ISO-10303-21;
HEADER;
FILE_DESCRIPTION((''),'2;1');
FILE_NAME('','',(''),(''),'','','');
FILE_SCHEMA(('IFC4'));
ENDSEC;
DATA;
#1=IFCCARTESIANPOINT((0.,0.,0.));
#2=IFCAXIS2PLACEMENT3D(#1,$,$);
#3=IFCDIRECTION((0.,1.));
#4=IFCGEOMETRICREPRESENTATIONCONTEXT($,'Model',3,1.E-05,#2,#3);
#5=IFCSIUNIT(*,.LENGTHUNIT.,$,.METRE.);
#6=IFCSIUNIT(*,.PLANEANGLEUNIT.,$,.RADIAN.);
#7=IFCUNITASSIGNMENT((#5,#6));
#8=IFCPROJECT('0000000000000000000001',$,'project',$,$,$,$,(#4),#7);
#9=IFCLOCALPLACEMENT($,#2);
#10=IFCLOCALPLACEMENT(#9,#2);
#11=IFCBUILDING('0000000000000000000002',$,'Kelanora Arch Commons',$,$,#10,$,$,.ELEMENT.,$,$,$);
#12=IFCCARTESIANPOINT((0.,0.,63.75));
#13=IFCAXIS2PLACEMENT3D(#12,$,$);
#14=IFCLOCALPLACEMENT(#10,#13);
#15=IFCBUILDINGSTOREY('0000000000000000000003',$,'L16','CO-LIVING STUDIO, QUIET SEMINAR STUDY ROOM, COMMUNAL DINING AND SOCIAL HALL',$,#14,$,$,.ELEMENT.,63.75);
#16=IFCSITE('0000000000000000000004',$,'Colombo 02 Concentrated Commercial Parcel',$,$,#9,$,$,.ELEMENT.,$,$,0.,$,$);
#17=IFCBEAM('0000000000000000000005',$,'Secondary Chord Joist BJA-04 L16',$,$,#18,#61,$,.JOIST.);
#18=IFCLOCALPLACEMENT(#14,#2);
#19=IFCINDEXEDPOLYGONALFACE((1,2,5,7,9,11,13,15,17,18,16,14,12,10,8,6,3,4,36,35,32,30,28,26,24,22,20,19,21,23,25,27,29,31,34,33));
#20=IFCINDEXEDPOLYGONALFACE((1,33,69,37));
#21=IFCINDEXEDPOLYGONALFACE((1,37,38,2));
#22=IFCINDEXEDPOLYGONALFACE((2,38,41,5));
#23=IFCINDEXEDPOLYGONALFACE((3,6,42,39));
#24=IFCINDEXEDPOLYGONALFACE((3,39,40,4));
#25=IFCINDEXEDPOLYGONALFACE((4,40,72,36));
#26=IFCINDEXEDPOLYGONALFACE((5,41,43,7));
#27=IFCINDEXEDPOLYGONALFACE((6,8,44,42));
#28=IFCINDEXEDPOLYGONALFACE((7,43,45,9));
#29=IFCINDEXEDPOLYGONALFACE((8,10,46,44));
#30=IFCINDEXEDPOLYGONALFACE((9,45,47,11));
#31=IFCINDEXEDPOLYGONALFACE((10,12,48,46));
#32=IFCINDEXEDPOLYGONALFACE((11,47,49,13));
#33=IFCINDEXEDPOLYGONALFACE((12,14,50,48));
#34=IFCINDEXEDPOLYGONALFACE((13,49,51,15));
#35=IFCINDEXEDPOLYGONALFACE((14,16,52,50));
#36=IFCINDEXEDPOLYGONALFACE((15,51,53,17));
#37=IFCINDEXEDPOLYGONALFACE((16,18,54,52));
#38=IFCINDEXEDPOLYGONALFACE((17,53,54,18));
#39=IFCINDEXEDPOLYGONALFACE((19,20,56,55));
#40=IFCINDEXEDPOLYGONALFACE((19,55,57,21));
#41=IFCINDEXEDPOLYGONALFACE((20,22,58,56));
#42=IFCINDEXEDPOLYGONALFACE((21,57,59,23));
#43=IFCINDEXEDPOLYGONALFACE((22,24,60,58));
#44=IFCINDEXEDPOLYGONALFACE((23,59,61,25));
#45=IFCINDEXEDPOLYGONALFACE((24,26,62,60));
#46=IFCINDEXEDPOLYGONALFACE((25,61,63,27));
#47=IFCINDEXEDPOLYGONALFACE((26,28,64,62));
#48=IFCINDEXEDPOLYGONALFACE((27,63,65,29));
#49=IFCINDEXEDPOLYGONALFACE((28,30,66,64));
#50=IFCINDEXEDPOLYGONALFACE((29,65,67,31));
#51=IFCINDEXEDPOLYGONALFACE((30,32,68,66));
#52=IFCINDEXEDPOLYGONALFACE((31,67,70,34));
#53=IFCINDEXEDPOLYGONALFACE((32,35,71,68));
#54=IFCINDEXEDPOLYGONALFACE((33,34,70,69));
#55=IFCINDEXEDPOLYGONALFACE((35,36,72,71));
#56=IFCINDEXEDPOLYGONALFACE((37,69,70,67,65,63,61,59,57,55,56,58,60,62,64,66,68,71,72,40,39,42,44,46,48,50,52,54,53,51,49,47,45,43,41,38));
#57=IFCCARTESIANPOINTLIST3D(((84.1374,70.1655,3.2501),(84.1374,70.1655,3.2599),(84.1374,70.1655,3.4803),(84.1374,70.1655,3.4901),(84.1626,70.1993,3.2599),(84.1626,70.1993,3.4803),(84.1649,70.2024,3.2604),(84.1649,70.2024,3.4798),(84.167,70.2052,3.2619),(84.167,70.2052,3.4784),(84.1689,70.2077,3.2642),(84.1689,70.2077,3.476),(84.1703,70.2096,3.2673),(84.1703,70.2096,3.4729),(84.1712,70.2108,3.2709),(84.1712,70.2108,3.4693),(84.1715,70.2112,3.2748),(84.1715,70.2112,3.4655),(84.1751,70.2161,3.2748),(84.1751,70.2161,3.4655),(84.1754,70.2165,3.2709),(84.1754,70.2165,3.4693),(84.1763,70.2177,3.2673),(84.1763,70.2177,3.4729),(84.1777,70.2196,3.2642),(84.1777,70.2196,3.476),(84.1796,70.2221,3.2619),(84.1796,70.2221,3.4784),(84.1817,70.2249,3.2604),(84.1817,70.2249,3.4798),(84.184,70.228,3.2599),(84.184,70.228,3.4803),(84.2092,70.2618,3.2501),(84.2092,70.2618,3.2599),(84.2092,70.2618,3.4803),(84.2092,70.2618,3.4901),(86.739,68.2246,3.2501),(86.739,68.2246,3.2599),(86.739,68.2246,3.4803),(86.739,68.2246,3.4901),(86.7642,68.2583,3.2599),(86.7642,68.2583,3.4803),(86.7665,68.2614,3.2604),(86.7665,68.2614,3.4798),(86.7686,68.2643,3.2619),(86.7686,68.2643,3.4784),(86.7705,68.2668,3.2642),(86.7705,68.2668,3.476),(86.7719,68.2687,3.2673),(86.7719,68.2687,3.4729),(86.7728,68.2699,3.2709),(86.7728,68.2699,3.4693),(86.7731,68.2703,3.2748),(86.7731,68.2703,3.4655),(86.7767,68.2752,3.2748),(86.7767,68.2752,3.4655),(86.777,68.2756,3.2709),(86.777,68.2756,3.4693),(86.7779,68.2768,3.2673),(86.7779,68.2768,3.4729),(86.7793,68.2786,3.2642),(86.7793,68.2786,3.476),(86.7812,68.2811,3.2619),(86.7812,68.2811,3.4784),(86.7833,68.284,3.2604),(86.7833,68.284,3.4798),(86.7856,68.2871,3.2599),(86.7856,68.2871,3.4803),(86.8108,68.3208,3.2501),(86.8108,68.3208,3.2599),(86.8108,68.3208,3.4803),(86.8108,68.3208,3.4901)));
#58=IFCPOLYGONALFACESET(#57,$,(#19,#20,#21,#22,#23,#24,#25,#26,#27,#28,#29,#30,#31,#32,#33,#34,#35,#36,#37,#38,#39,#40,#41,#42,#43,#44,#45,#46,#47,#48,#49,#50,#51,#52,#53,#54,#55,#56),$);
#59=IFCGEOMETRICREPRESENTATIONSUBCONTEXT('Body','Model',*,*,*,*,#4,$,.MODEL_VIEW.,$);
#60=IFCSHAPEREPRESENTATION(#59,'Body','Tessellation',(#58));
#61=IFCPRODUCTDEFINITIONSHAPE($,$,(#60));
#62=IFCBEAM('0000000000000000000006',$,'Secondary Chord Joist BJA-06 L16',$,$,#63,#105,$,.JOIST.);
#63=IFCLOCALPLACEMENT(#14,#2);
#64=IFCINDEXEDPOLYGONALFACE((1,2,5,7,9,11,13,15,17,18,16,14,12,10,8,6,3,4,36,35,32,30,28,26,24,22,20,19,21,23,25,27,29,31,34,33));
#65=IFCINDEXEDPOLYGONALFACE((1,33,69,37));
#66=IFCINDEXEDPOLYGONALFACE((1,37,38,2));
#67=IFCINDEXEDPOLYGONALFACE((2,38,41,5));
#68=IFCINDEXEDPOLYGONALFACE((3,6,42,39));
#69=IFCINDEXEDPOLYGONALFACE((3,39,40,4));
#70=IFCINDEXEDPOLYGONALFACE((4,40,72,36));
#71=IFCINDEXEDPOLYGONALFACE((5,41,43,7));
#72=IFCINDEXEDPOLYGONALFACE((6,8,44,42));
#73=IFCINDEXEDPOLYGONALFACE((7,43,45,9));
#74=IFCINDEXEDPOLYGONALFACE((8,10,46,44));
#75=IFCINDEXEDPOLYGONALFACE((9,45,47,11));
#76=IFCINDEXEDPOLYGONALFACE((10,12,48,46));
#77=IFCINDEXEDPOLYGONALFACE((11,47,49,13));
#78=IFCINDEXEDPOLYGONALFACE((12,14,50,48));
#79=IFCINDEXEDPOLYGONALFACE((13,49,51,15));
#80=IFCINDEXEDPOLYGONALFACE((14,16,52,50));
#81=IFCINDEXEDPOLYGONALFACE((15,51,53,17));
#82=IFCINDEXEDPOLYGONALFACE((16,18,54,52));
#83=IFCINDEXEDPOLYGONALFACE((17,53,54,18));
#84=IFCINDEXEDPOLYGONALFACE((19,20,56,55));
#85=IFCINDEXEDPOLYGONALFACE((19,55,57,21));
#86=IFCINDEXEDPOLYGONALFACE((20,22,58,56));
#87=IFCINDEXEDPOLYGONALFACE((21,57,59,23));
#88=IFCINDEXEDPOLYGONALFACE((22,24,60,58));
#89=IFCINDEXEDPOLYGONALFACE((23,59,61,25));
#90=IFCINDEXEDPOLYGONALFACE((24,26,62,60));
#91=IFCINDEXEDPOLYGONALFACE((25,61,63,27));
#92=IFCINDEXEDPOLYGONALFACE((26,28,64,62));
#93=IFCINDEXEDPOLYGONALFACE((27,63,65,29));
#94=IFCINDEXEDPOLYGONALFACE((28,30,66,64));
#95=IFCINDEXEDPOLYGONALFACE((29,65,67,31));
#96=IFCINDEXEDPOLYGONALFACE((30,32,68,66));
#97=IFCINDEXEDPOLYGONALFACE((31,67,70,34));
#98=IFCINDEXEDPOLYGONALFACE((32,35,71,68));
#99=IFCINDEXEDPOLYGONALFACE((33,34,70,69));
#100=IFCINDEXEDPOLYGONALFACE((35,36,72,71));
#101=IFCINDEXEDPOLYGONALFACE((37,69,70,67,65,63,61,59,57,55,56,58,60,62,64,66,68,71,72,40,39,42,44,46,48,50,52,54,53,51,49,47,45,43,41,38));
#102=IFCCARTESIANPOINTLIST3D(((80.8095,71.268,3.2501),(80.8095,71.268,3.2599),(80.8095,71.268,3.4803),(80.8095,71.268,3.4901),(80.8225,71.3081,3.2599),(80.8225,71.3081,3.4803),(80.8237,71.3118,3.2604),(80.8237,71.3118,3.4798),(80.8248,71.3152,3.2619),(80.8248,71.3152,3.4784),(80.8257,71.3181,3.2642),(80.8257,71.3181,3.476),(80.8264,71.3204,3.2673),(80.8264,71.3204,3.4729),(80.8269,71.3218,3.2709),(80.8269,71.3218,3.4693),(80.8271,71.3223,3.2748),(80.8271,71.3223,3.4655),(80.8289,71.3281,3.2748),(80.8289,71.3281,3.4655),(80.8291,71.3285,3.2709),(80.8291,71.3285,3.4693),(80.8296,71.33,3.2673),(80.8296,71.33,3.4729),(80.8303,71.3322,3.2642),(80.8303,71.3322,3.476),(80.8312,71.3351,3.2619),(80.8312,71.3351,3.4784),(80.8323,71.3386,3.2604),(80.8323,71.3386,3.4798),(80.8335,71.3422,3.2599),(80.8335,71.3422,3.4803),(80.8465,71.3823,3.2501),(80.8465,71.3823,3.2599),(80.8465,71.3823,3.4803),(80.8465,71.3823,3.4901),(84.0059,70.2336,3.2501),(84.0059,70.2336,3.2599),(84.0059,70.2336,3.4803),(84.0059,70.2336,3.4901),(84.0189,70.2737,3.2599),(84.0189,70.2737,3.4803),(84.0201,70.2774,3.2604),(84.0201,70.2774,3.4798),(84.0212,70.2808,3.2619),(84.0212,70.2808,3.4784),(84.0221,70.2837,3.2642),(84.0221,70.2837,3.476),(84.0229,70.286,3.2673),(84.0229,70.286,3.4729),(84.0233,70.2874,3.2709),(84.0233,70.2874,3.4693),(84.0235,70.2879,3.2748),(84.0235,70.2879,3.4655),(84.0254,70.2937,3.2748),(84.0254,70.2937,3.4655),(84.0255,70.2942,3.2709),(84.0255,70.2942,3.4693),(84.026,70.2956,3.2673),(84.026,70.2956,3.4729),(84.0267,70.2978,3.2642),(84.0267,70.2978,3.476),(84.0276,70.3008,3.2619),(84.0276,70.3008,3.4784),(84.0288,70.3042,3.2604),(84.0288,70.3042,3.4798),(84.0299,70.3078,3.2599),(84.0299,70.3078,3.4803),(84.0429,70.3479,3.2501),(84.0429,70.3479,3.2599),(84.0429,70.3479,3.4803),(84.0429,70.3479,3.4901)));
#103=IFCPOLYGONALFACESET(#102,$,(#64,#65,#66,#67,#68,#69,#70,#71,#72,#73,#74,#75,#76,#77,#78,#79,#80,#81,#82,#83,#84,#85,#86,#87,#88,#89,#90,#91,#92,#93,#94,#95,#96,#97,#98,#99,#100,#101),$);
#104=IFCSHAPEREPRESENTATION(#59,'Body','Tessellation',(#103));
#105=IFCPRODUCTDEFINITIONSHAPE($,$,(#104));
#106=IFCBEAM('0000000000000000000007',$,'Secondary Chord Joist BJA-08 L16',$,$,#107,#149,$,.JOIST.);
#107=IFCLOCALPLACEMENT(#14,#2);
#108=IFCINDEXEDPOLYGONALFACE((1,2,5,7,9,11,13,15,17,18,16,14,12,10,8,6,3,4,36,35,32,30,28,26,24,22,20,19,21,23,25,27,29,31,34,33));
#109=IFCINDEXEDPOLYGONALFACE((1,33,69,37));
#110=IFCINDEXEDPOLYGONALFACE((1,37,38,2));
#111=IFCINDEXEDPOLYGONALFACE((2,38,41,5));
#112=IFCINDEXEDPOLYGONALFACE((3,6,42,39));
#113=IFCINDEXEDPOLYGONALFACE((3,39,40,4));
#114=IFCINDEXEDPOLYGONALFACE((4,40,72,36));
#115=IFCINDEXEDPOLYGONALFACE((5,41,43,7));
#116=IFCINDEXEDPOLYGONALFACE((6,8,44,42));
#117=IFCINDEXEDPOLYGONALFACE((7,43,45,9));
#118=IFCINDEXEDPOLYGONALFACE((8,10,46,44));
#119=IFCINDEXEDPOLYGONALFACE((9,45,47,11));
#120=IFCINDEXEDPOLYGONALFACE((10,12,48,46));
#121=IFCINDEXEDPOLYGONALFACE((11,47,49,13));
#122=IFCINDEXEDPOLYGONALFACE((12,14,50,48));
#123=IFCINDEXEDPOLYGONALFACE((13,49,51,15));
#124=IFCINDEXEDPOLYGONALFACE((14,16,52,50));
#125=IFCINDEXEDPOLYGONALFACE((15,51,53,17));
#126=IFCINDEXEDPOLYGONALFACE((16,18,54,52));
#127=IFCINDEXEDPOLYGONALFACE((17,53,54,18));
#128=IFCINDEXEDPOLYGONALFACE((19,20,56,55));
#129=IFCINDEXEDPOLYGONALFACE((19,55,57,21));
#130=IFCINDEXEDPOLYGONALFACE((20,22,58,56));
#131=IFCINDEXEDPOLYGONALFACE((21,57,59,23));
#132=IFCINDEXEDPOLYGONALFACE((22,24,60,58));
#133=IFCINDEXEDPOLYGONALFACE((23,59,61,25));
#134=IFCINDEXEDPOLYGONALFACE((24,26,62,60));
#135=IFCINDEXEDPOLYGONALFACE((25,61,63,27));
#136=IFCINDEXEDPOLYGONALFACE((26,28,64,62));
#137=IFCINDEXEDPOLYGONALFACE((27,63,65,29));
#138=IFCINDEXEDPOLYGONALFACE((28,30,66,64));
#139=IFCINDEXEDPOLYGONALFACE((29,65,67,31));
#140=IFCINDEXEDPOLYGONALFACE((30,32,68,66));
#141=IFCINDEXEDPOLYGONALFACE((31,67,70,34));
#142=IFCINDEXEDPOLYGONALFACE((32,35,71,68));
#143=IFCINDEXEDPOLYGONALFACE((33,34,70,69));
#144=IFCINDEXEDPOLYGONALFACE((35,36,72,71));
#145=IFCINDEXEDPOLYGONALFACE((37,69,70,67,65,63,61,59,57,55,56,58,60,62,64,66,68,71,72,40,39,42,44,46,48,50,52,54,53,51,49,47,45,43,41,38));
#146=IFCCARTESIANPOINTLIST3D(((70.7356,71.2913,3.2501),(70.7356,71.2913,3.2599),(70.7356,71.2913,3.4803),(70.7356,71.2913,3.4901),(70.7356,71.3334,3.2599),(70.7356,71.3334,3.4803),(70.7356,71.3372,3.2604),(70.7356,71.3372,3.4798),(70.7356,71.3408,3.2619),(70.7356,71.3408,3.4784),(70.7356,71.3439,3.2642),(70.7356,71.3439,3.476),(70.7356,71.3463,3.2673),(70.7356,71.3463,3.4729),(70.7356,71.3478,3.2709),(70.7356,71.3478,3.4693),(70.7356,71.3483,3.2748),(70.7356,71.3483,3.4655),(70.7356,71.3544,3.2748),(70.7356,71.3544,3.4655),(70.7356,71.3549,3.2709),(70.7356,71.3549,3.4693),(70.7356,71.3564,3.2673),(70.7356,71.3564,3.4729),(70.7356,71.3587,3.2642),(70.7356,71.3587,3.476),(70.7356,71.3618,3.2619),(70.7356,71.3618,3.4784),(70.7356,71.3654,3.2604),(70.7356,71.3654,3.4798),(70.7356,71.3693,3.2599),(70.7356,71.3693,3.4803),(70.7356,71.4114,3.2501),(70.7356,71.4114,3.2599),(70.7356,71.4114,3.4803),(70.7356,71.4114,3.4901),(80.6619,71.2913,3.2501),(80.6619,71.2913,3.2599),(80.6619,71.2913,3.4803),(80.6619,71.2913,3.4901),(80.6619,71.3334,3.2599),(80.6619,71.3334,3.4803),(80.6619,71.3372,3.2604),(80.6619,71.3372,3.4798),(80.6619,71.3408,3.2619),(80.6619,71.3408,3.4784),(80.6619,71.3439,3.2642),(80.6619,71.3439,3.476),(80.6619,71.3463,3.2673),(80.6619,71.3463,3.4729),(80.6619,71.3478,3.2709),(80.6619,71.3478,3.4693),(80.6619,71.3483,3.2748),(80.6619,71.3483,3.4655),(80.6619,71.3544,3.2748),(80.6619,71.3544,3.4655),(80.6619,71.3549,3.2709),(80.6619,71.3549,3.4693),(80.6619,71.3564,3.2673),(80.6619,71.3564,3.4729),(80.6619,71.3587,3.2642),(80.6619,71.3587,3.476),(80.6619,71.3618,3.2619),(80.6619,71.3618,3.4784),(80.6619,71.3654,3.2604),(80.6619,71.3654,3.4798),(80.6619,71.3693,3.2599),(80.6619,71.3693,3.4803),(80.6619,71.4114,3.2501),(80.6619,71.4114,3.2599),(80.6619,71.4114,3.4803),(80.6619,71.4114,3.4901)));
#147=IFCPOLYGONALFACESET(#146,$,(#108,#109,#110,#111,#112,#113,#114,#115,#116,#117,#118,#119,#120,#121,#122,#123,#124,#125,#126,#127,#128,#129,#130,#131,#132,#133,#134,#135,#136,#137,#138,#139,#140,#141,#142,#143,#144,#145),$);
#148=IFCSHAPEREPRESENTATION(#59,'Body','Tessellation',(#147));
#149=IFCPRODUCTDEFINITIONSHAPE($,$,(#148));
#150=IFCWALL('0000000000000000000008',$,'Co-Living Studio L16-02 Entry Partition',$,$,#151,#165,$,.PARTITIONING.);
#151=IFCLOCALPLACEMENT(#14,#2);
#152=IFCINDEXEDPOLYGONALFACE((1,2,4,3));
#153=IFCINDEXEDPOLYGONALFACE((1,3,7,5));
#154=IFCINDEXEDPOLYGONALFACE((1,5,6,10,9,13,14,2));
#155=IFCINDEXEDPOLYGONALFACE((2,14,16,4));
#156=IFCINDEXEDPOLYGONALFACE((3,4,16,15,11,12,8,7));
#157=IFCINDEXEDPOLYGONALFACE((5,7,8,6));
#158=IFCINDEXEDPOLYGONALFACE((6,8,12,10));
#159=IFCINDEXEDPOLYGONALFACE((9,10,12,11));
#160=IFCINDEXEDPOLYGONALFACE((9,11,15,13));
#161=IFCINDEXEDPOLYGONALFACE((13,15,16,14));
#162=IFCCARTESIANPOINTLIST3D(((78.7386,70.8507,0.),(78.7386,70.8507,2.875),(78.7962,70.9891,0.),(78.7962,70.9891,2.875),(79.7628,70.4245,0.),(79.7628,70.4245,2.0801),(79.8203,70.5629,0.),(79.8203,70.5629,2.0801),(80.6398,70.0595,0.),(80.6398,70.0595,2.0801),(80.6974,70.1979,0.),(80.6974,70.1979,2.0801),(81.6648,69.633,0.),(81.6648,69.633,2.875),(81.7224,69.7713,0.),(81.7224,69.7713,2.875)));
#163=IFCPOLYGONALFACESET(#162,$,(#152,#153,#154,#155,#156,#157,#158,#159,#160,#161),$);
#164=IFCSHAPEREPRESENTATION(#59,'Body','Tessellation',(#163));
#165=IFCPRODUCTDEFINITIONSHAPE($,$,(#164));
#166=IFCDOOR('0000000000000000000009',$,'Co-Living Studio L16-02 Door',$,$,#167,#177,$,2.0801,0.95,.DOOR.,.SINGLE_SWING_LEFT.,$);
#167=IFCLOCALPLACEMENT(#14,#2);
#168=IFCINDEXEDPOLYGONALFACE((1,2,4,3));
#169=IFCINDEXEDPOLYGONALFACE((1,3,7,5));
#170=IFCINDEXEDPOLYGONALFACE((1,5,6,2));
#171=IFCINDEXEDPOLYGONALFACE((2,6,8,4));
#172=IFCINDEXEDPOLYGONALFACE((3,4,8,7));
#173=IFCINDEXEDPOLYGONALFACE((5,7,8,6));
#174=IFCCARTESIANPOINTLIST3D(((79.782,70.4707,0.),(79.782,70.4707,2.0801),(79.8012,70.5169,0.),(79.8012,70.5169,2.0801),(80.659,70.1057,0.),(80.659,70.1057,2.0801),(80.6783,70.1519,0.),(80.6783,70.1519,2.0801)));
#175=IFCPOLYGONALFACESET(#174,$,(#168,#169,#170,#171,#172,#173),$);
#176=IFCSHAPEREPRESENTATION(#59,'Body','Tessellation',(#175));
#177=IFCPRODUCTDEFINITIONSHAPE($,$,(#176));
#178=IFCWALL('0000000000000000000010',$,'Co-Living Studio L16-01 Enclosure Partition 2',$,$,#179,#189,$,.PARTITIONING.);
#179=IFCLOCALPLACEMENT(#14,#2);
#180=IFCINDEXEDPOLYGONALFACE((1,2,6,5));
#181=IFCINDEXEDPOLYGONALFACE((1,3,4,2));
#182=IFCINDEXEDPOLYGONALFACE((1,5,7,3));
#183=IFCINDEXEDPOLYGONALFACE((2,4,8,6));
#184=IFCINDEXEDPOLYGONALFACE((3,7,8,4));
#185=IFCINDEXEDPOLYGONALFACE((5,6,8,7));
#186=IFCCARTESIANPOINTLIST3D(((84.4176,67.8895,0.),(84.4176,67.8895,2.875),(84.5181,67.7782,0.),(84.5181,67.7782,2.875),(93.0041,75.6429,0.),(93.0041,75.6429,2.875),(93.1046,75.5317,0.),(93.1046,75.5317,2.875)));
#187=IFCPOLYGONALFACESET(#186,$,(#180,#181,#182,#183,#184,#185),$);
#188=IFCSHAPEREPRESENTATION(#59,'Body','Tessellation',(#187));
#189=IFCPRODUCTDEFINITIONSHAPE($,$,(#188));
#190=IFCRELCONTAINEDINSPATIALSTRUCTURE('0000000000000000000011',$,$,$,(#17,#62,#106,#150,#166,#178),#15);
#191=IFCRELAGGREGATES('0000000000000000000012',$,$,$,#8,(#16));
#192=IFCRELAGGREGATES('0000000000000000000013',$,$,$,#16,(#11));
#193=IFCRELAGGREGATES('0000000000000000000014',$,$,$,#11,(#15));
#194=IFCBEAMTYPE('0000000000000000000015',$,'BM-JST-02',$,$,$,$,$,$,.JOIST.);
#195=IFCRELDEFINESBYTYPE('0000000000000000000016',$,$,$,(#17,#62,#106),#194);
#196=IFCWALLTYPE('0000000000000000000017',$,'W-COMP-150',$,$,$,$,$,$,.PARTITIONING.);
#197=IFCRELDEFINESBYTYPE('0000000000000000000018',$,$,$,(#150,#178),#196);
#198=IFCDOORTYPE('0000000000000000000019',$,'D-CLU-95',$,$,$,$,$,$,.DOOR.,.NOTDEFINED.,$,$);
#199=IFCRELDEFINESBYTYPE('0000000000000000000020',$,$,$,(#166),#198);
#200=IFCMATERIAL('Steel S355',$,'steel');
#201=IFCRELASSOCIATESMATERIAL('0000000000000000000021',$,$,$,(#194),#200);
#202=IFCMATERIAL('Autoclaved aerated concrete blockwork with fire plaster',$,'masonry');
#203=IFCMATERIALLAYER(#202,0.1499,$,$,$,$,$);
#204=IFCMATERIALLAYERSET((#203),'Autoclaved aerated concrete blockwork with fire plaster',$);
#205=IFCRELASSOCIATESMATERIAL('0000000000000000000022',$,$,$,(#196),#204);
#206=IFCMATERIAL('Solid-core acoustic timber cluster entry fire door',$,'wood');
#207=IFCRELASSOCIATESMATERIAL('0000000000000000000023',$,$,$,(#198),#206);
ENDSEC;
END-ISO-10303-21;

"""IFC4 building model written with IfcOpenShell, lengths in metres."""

from ifc_helpers import new_model, si_unit, direction, frame, frame_2d, origin, origin_2d, place, context, subcontext, project, spatial, rectangle, i_section, extrude, material, layer, layer_set, material_profile, profile_set, type_object, element, fill, save


model = new_model("IFC4")

# Units and contexts
model_context = context("Model", 3, precision=1e-05, world=origin(), true_north=direction((0.0, 1.0)))
body_context = subcontext(model_context, "Body", "Model", "MODEL_VIEW")
ifc_project = project(units=[si_unit("LENGTHUNIT", "METRE"), si_unit("PLANEANGLEUNIT", "RADIAN")], contexts=[model_context])

# Site, building, storey
site_placement = place(None, origin())
site = spatial("IfcSite", under=ifc_project, at=site_placement, Name="Colombo 02 Concentrated Commercial Parcel", CompositionType="ELEMENT", RefElevation=0.0)
building_placement = place(site_placement, origin())
building = spatial("IfcBuilding", under=site, at=building_placement, Name="Kelanora Arch Commons", CompositionType="ELEMENT")
storey_placement = place(building_placement, frame((0.0, 0.0, 63.75)))
storey = spatial("IfcBuildingStorey", under=building, at=storey_placement, Name="L16", Description="CO-LIVING STUDIO, QUIET SEMINAR STUDY ROOM, COMMUNAL DINING AND SOCIAL HALL", CompositionType="ELEMENT", Elevation=63.75)

# Beams
ifc_material_1 = material(Name="Steel S355", Category="steel")
ifc_material_profile = material_profile(ifc_material_1, i_section(OverallWidth=0.1201, OverallDepth=0.24, WebThickness=0.0061, FlangeThickness=0.0098, FilletRadius=0.0149, at=origin_2d()), Name="IPE240")
ifc_profile_set = profile_set([ifc_material_profile], Name="Steel S355")
beam_type = type_object("IfcBeamType", Name="BM-JST-02", PredefinedType="JOIST", material=ifc_profile_set)
beam_1_placement = place(storey_placement, frame((86.7749, 68.2727, 3.3701), z_axis=(-0.801514, 0.597976, 0.0), x_axis=(-0.597976, -0.801514, 0.0)))
element("IfcBeam", 1, at=beam_1_placement, inside=storey, type_object=beam_type, Name="Secondary Chord Joist BJA-04 L16", PredefinedType="JOIST", context=body_context, shape_type="SweptSolid", body=[
    extrude(i_section(OverallWidth=0.1201, OverallDepth=0.24, WebThickness=0.0061, FlangeThickness=0.0098, FilletRadius=0.0149, at=origin_2d()), origin(), (0.0, 0.0, 1.0), 3.2458),
])
beam_2_placement = place(storey_placement, frame((84.0244, 70.2908, 3.3701), z_axis=(-0.951423, 0.307888, 0.0), x_axis=(-0.307888, -0.951423, 0.0)))
element("IfcBeam", 2, at=beam_2_placement, inside=storey, type_object=beam_type, Name="Secondary Chord Joist BJA-06 L16", PredefinedType="JOIST", context=body_context, shape_type="SweptSolid", body=[
    extrude(i_section(OverallWidth=0.1201, OverallDepth=0.24, WebThickness=0.0061, FlangeThickness=0.0098, FilletRadius=0.0149, at=origin_2d()), origin(), (0.0, 0.0, 1.0), 3.3596),
])
beam_3_placement = place(storey_placement, frame((80.6619, 71.3513, 3.3701), z_axis=(-1.0, 0.0, 0.0), x_axis=(0.0, -1.0, 0.0)))
element("IfcBeam", 3, at=beam_3_placement, inside=storey, type_object=beam_type, Name="Secondary Chord Joist BJA-08 L16", PredefinedType="JOIST", context=body_context, shape_type="SweptSolid", body=[
    extrude(i_section(OverallWidth=0.1201, OverallDepth=0.24, WebThickness=0.0061, FlangeThickness=0.0098, FilletRadius=0.0149, at=origin_2d()), origin(), (0.0, 0.0, 1.0), 9.9263),
])

# Wall, opening, door
ifc_material_2 = material(Name="Autoclaved aerated concrete blockwork with fire plaster", Category="masonry")
ifc_layer_1 = layer(ifc_material_2, 0.1499)
ifc_layer_set_1 = layer_set([ifc_layer_1], Name="Autoclaved aerated concrete blockwork with fire plaster")
wall_type_1 = type_object("IfcWallType", Name="W-COMP-150", PredefinedType="PARTITIONING", material=ifc_layer_set_1)
wall_1_placement = place(storey_placement, frame((81.6936, 69.7021, 0.0), z_axis=(0.0, 0.0, 1.0), x_axis=(-0.923245, 0.384211, 0.0)))
wall_1 = element("IfcWall", 4, at=wall_1_placement, inside=storey, type_object=wall_type_1, Name="Co-Living Studio L16-02 Entry Partition", PredefinedType="PARTITIONING", context=body_context, shape_type="SweptSolid", body=[
    extrude(rectangle(XDim=3.1694, YDim=0.1499, at=frame_2d((1.5847, 0.0))), origin(), (0.0, 0.0, 1.0), 2.875),
])
opening_1_placement = place(wall_1_placement, frame((1.1101, 0.0, 0.0)))
opening_1 = element("IfcOpeningElement", 5, at=opening_1_placement, cuts=wall_1, PredefinedType="OPENING", context=body_context, shape_type="SweptSolid", body=[
    extrude(rectangle(XDim=0.95, YDim=2.0801, at=frame_2d((0.4751, 1.04))), frame((0.0, 0.085, 0.0), z_axis=(0.0, -1.0, 0.0), x_axis=(1.0, 0.0, 0.0)), (0.0, 0.0, 1.0), 0.1699),
])
ifc_material_3 = material(Name="Solid-core acoustic timber cluster entry fire door", Category="wood")
door_type_1 = type_object("IfcDoorType", Name="D-CLU-95", OperationType="NOTDEFINED", PredefinedType="DOOR", material=ifc_material_3)
door_1_placement = place(opening_1_placement, origin())
door_1 = element("IfcDoor", 6, at=door_1_placement, inside=storey, type_object=door_type_1, Name="Co-Living Studio L16-02 Door", OperationType="SINGLE_SWING_LEFT", OverallHeight=2.0801, OverallWidth=0.95, PredefinedType="DOOR", context=body_context, shape_type="SweptSolid", body=[
    extrude(rectangle(XDim=0.95, YDim=2.0801, at=frame_2d((0.4751, 1.04))), frame((0.0, 0.0249, 0.0), z_axis=(0.0, -1.0, 0.0), x_axis=(1.0, 0.0, 0.0)), (0.0, 0.0, 1.0), 0.05),
])
fill(opening_1, door_1)

# Wall
wall_2_placement = place(storey_placement, frame((84.4678, 67.8337, 0.0), z_axis=(0.0, 0.0, 1.0), x_axis=(0.742191, 0.670188, 0.0)))
element("IfcWall", 7, at=wall_2_placement, inside=storey, type_object=wall_type_1, Name="Co-Living Studio L16-01 Enclosure Partition 2", PredefinedType="PARTITIONING", context=body_context, shape_type="SweptSolid", body=[
    extrude(rectangle(XDim=11.5691, YDim=0.1499, at=frame_2d((5.7847, 0.0))), origin(), (0.0, 0.0, 1.0), 2.875),
])

save(model, "model.ifc")
